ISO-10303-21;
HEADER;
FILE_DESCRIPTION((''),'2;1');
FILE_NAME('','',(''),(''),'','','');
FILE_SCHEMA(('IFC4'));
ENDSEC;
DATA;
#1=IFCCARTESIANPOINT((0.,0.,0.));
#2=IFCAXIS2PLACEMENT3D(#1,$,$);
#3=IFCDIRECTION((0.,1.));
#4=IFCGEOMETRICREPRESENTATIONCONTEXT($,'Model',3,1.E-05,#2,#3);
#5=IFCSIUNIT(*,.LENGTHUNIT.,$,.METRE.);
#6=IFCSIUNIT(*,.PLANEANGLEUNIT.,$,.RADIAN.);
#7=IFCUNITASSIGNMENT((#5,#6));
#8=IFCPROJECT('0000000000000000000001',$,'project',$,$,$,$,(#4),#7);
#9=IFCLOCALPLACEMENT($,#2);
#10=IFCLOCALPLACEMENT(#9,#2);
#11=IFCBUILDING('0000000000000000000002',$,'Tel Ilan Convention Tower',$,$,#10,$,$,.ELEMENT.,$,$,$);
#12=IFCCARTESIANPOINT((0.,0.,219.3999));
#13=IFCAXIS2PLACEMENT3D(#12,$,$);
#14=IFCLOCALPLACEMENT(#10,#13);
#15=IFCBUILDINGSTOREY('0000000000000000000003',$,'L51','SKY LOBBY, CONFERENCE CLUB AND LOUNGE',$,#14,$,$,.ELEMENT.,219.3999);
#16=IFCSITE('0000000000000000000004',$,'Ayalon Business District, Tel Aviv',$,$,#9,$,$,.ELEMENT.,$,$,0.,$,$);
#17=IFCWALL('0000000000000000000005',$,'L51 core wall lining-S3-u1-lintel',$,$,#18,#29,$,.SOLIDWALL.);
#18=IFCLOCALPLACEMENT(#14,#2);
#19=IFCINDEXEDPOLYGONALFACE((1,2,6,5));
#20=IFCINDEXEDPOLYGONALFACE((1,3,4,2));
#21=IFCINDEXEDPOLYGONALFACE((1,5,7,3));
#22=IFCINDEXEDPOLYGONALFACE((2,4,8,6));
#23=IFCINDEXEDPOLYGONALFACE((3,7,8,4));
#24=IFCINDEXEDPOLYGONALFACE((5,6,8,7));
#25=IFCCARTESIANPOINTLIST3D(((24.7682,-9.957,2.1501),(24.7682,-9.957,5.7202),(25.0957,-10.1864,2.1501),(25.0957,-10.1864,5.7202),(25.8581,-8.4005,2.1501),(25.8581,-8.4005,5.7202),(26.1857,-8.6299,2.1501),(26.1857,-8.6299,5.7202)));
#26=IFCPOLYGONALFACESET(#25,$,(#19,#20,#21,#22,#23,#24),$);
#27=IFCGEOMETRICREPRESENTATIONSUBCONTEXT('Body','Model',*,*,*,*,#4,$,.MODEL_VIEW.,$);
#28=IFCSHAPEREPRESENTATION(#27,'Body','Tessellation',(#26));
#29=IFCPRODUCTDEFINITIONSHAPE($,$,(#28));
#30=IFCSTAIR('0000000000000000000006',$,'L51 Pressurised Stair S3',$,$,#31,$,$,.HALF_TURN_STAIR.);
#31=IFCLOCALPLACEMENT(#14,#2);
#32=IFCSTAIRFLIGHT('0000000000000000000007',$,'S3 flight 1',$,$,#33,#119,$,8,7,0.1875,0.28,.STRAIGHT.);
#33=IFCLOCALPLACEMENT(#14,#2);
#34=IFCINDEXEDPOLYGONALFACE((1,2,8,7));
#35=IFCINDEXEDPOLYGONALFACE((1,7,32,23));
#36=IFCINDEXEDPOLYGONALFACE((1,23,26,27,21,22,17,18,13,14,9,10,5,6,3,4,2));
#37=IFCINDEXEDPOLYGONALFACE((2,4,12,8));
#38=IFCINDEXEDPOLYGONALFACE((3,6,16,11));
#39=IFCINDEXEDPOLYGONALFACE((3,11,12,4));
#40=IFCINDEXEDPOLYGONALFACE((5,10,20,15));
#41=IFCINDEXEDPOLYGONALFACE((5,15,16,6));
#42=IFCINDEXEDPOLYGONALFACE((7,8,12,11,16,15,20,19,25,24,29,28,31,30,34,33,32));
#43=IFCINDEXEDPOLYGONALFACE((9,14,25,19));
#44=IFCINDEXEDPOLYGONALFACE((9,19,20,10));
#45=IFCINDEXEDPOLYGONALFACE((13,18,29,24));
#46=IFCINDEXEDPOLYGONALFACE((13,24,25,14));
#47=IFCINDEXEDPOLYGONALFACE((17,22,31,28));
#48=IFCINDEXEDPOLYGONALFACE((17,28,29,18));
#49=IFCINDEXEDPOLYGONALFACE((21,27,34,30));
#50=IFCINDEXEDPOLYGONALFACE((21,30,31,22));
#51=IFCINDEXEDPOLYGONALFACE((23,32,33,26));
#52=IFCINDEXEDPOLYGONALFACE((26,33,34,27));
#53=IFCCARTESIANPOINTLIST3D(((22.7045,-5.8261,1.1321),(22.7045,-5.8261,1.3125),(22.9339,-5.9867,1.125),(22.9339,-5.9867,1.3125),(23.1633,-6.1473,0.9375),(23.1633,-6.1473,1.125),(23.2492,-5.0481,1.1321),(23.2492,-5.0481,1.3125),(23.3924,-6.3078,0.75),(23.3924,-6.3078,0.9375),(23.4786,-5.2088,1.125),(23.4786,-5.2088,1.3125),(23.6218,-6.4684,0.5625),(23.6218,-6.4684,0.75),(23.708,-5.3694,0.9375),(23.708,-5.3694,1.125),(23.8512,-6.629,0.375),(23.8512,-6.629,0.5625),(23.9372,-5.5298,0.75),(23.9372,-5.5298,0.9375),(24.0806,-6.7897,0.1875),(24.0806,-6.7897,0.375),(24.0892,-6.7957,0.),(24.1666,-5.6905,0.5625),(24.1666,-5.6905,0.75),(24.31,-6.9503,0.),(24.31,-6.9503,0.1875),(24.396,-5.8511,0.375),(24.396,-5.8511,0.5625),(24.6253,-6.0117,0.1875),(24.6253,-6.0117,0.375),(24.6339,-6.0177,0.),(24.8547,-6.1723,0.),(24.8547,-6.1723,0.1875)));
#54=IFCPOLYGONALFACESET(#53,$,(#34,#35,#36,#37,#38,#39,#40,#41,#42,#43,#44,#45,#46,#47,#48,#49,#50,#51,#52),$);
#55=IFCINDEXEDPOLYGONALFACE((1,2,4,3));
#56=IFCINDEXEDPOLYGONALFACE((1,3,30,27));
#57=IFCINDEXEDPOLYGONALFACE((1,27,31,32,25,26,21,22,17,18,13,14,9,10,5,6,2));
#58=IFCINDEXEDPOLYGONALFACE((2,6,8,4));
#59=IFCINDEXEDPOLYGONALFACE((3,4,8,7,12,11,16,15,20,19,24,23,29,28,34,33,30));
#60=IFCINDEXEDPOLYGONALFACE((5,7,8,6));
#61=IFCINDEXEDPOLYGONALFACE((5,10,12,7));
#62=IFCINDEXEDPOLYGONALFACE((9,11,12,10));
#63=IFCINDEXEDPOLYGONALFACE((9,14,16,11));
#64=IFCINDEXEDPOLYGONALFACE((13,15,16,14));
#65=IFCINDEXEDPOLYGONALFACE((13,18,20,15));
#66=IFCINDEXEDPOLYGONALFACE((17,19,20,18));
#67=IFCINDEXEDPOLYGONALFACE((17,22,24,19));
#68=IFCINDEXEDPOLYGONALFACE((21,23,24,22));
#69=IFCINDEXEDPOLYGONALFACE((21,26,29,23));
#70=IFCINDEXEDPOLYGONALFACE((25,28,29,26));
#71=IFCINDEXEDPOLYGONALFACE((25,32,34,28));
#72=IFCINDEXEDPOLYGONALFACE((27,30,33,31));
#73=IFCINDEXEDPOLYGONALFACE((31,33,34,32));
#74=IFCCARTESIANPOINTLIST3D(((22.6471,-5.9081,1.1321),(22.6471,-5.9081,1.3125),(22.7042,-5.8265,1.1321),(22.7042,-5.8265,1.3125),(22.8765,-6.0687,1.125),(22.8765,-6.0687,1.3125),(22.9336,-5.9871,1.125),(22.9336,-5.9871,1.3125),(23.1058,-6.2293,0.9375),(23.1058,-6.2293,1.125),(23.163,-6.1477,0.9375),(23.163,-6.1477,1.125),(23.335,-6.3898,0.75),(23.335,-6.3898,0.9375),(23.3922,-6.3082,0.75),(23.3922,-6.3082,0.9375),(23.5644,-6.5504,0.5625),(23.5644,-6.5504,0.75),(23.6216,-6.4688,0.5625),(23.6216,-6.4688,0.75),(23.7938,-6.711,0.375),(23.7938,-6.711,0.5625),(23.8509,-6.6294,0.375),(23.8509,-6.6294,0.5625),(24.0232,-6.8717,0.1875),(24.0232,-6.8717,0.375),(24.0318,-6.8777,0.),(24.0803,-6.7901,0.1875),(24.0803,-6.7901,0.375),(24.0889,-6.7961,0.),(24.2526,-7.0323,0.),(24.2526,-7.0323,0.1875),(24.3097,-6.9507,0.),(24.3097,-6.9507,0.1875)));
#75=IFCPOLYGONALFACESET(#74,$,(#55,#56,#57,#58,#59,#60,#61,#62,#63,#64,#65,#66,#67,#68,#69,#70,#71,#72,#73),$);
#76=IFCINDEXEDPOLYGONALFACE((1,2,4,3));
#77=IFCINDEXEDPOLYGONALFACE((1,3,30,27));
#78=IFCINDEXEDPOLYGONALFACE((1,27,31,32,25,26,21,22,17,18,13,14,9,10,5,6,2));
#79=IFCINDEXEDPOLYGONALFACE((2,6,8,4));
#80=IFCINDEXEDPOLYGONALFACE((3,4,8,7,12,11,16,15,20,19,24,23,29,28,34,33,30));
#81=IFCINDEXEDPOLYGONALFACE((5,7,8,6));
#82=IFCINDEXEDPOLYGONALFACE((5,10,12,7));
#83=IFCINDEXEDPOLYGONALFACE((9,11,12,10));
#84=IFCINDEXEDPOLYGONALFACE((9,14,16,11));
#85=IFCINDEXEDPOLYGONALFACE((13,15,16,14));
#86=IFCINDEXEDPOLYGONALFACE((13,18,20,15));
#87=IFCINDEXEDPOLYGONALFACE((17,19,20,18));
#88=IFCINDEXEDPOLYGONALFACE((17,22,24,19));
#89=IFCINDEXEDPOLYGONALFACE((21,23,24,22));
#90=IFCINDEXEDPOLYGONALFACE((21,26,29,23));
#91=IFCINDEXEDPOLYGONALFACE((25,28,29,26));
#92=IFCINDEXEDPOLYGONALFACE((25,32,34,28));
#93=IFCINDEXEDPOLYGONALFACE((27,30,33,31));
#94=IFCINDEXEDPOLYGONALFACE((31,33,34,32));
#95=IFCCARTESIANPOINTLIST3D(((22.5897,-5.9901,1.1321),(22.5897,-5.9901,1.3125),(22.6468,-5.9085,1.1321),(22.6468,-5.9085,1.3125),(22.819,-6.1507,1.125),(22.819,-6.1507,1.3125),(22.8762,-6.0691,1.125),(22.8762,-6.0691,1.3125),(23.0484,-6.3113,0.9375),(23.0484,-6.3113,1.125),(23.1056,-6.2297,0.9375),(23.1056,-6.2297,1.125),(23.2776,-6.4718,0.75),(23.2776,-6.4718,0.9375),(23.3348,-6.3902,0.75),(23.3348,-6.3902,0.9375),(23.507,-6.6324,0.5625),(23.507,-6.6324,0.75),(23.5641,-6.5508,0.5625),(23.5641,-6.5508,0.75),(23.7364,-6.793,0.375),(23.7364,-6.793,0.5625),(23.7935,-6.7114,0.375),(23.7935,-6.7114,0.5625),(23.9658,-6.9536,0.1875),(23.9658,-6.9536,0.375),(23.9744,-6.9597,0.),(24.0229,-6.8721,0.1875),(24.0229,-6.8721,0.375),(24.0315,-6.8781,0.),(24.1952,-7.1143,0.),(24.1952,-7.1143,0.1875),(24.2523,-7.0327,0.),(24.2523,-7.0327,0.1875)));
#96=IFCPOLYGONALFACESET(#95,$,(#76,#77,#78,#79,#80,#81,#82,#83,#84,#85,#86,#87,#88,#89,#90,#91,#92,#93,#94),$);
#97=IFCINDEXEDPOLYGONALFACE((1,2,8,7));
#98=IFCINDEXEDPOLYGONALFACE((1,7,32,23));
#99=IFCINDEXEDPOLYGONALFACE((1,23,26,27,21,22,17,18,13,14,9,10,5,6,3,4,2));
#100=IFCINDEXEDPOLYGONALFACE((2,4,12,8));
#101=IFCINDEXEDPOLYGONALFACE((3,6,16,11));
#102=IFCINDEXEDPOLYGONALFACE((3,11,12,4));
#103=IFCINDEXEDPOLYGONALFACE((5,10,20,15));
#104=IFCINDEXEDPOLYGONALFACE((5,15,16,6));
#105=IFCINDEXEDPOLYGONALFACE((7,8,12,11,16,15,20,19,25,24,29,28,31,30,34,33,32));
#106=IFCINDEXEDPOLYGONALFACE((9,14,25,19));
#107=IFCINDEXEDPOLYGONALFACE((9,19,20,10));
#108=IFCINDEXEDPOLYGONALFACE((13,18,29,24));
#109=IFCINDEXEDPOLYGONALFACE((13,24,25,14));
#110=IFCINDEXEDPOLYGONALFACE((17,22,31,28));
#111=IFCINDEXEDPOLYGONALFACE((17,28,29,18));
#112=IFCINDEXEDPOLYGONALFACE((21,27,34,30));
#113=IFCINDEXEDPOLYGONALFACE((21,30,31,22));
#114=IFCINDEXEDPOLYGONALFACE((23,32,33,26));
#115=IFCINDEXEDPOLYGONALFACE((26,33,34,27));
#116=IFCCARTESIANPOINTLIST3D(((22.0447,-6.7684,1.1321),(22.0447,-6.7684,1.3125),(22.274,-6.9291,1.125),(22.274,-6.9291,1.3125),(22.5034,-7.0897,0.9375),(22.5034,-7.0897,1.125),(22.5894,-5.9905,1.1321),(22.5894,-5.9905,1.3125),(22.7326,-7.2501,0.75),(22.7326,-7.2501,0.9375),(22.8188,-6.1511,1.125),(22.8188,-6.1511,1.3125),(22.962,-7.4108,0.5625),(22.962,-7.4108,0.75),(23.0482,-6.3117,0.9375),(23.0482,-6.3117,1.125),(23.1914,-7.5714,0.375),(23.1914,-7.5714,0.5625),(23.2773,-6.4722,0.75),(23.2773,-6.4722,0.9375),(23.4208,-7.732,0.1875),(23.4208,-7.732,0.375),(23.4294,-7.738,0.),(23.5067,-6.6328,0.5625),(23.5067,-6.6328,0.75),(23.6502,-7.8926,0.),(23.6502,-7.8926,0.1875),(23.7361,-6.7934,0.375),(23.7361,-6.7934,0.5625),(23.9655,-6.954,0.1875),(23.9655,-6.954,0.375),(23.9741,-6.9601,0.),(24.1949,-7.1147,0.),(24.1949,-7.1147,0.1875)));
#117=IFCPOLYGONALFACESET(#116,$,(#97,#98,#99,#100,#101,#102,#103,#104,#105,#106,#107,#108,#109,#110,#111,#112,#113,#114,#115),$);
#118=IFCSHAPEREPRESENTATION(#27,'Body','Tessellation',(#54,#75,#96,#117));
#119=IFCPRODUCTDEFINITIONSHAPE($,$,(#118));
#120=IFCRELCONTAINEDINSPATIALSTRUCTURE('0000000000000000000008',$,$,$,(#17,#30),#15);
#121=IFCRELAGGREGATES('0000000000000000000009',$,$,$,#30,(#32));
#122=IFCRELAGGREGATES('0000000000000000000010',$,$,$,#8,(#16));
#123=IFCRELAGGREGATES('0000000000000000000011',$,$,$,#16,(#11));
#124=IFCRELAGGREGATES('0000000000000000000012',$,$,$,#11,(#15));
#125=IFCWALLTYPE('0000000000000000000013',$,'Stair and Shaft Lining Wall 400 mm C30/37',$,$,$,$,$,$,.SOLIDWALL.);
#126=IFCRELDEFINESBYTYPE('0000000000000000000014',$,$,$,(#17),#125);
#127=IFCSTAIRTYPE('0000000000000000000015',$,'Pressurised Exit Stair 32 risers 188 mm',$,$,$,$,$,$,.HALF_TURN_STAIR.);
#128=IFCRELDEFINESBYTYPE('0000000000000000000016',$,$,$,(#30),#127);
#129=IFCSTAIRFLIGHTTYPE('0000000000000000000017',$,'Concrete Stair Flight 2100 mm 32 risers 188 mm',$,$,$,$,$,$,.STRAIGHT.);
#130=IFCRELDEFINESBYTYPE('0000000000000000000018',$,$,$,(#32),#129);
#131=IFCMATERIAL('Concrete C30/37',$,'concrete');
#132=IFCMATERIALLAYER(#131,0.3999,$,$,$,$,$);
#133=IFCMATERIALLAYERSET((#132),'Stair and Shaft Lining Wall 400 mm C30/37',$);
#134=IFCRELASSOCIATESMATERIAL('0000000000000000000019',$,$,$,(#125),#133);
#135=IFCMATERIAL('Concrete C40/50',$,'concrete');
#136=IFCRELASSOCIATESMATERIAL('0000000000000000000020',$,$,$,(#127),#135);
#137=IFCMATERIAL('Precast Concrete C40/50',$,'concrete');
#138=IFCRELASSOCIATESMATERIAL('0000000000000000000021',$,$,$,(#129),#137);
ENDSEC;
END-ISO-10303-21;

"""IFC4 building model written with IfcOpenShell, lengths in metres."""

from ifc_helpers import new_model, si_unit, direction, frame, frame_2d, origin, place, context, subcontext, project, spatial, polyline, rectangle, outline, extrude, material, layer, layer_set, type_object, element, aggregate, save


model = new_model("IFC4")

# Units and contexts
model_context = context("Model", 3, precision=1e-05, world=origin(), true_north=direction((0.0, 1.0)))
body_context = subcontext(model_context, "Body", "Model", "MODEL_VIEW")
ifc_project = project(units=[si_unit("LENGTHUNIT", "METRE"), si_unit("PLANEANGLEUNIT", "RADIAN")], contexts=[model_context])

# Site, building, storey
site_placement = place(None, origin())
site = spatial("IfcSite", under=ifc_project, at=site_placement, Name="Ayalon Business District, Tel Aviv", CompositionType="ELEMENT", RefElevation=0.0)
building_placement = place(site_placement, origin())
building = spatial("IfcBuilding", under=site, at=building_placement, Name="Tel Ilan Convention Tower", CompositionType="ELEMENT")
storey_placement = place(building_placement, frame((0.0, 0.0, 219.3999)))
storey = spatial("IfcBuildingStorey", under=building, at=storey_placement, Name="L51", Description="SKY LOBBY, CONFERENCE CLUB AND LOUNGE", CompositionType="ELEMENT", Elevation=219.3999)

# Wall
ifc_material_1 = material(Name="Concrete C30/37", Category="concrete")
ifc_layer_1 = layer(ifc_material_1, 0.3999)
ifc_layer_set_1 = layer_set([ifc_layer_1], Name="Stair and Shaft Lining Wall 400 mm C30/37")
wall_type = type_object("IfcWallType", Name="Stair and Shaft Lining Wall 400 mm C30/37", PredefinedType="SOLIDWALL", material=ifc_layer_set_1)
wall_1_placement = place(storey_placement, frame((24.9319, -10.0718, 2.1501), z_axis=(0.0, 0.0, 1.0), x_axis=(0.573592, 0.819141, 0.0)))
element("IfcWall", 1, at=wall_1_placement, inside=storey, type_object=wall_type, Name="L51 core wall lining-S3-u1-lintel", PredefinedType="SOLIDWALL", context=body_context, shape_type="SweptSolid", body=[
    extrude(rectangle(XDim=1.9001, YDim=0.3999, at=frame_2d((0.9502, 0.0))), origin(), (0.0, 0.0, 1.0), 3.5701),
])

# Stair, stair flight
ifc_material_2 = material(Name="Concrete C40/50", Category="concrete")
stair_type = type_object("IfcStairType", Name="Pressurised Exit Stair 32 risers 188 mm", PredefinedType="HALF_TURN_STAIR", material=ifc_material_2)
stair_placement = place(storey_placement, origin())
stair = element("IfcStair", 2, at=stair_placement, inside=storey, type_object=stair_type, Name="L51 Pressurised Stair S3", PredefinedType="HALF_TURN_STAIR")
ifc_material_3 = material(Name="Precast Concrete C40/50", Category="concrete")
stair_flight_type = type_object("IfcStairFlightType", Name="Concrete Stair Flight 2100 mm 32 risers 188 mm", PredefinedType="STRAIGHT", material=ifc_material_3)
stair_flight_1_placement = place(storey_placement, frame((24.2524, -7.0325, 0.0), z_axis=(0.0, 0.0, 1.0), x_axis=(-0.819152, 0.573576, 0.0)))
stair_flight_1 = element("IfcStairFlight", 3, at=stair_flight_1_placement, type_object=stair_flight_type, Name="S3 flight 1", NumberOfRisers=8, NumberOfTreads=7, PredefinedType="STRAIGHT", RiserHeight=0.1875, TreadLength=0.28, context=body_context, shape_type="SweptSolid", body=[
    extrude(outline(polyline([(0.0, 0.0), (0.0, 0.1875), (0.28, 0.1875), (0.28, 0.375), (0.5601, 0.375), (0.5601, 0.5625), (0.8401, 0.5625), (0.8401, 0.75), (1.1201, 0.75), (1.1201, 0.9375), (1.3999, 0.9375), (1.3999, 1.125), (1.6799, 1.125), (1.6799, 1.3125), (1.96, 1.3125), (1.96, 1.5), (1.96, 1.1321), (0.2695, 0.0), (0.0, 0.0)])), frame((0.0, -0.1003, 0.0), z_axis=(0.0, -1.0, 0.0), x_axis=(1.0, 0.0, 0.0)), (0.0, 0.0, 1.0), 0.9497),
    extrude(outline(polyline([(0.0, 0.0), (0.0, 0.1875), (0.28, 0.1875), (0.28, 0.375), (0.5601, 0.375), (0.5601, 0.5625), (0.8401, 0.5625), (0.8401, 0.75), (1.1201, 0.75), (1.1201, 0.9375), (1.3999, 0.9375), (1.3999, 1.125), (1.6799, 1.125), (1.6799, 1.3125), (1.96, 1.3125), (1.96, 1.5), (1.96, 1.1321), (0.2695, 0.0), (0.0, 0.0)])), frame((0.0, -0.0002, 0.0), z_axis=(0.0, -1.0, 0.0), x_axis=(1.0, 0.0, 0.0)), (0.0, 0.0, 1.0), 0.0996),
    extrude(outline(polyline([(0.0, 0.0), (0.0, 0.1875), (0.28, 0.1875), (0.28, 0.375), (0.5601, 0.375), (0.5601, 0.5625), (0.8401, 0.5625), (0.8401, 0.75), (1.1201, 0.75), (1.1201, 0.9375), (1.3999, 0.9375), (1.3999, 1.125), (1.6799, 1.125), (1.6799, 1.3125), (1.96, 1.3125), (1.96, 1.5), (1.96, 1.1321), (0.2695, 0.0), (0.0, 0.0)])), frame((0.0, 0.0999, 0.0), z_axis=(0.0, -1.0, 0.0), x_axis=(1.0, 0.0, 0.0)), (0.0, 0.0, 1.0), 0.0996),
    extrude(outline(polyline([(0.0, 0.0), (0.0, 0.1875), (0.28, 0.1875), (0.28, 0.375), (0.5601, 0.375), (0.5601, 0.5625), (0.8401, 0.5625), (0.8401, 0.75), (1.1201, 0.75), (1.1201, 0.9375), (1.3999, 0.9375), (1.3999, 1.125), (1.6799, 1.125), (1.6799, 1.3125), (1.96, 1.3125), (1.96, 1.5), (1.96, 1.1321), (0.2695, 0.0), (0.0, 0.0)])), frame((0.0, 1.05, 0.0), z_axis=(0.0, -1.0, 0.0), x_axis=(1.0, 0.0, 0.0)), (0.0, 0.0, 1.0), 0.9497),
])
aggregate(stair, [stair_flight_1])

save(model, "model.ifc")
